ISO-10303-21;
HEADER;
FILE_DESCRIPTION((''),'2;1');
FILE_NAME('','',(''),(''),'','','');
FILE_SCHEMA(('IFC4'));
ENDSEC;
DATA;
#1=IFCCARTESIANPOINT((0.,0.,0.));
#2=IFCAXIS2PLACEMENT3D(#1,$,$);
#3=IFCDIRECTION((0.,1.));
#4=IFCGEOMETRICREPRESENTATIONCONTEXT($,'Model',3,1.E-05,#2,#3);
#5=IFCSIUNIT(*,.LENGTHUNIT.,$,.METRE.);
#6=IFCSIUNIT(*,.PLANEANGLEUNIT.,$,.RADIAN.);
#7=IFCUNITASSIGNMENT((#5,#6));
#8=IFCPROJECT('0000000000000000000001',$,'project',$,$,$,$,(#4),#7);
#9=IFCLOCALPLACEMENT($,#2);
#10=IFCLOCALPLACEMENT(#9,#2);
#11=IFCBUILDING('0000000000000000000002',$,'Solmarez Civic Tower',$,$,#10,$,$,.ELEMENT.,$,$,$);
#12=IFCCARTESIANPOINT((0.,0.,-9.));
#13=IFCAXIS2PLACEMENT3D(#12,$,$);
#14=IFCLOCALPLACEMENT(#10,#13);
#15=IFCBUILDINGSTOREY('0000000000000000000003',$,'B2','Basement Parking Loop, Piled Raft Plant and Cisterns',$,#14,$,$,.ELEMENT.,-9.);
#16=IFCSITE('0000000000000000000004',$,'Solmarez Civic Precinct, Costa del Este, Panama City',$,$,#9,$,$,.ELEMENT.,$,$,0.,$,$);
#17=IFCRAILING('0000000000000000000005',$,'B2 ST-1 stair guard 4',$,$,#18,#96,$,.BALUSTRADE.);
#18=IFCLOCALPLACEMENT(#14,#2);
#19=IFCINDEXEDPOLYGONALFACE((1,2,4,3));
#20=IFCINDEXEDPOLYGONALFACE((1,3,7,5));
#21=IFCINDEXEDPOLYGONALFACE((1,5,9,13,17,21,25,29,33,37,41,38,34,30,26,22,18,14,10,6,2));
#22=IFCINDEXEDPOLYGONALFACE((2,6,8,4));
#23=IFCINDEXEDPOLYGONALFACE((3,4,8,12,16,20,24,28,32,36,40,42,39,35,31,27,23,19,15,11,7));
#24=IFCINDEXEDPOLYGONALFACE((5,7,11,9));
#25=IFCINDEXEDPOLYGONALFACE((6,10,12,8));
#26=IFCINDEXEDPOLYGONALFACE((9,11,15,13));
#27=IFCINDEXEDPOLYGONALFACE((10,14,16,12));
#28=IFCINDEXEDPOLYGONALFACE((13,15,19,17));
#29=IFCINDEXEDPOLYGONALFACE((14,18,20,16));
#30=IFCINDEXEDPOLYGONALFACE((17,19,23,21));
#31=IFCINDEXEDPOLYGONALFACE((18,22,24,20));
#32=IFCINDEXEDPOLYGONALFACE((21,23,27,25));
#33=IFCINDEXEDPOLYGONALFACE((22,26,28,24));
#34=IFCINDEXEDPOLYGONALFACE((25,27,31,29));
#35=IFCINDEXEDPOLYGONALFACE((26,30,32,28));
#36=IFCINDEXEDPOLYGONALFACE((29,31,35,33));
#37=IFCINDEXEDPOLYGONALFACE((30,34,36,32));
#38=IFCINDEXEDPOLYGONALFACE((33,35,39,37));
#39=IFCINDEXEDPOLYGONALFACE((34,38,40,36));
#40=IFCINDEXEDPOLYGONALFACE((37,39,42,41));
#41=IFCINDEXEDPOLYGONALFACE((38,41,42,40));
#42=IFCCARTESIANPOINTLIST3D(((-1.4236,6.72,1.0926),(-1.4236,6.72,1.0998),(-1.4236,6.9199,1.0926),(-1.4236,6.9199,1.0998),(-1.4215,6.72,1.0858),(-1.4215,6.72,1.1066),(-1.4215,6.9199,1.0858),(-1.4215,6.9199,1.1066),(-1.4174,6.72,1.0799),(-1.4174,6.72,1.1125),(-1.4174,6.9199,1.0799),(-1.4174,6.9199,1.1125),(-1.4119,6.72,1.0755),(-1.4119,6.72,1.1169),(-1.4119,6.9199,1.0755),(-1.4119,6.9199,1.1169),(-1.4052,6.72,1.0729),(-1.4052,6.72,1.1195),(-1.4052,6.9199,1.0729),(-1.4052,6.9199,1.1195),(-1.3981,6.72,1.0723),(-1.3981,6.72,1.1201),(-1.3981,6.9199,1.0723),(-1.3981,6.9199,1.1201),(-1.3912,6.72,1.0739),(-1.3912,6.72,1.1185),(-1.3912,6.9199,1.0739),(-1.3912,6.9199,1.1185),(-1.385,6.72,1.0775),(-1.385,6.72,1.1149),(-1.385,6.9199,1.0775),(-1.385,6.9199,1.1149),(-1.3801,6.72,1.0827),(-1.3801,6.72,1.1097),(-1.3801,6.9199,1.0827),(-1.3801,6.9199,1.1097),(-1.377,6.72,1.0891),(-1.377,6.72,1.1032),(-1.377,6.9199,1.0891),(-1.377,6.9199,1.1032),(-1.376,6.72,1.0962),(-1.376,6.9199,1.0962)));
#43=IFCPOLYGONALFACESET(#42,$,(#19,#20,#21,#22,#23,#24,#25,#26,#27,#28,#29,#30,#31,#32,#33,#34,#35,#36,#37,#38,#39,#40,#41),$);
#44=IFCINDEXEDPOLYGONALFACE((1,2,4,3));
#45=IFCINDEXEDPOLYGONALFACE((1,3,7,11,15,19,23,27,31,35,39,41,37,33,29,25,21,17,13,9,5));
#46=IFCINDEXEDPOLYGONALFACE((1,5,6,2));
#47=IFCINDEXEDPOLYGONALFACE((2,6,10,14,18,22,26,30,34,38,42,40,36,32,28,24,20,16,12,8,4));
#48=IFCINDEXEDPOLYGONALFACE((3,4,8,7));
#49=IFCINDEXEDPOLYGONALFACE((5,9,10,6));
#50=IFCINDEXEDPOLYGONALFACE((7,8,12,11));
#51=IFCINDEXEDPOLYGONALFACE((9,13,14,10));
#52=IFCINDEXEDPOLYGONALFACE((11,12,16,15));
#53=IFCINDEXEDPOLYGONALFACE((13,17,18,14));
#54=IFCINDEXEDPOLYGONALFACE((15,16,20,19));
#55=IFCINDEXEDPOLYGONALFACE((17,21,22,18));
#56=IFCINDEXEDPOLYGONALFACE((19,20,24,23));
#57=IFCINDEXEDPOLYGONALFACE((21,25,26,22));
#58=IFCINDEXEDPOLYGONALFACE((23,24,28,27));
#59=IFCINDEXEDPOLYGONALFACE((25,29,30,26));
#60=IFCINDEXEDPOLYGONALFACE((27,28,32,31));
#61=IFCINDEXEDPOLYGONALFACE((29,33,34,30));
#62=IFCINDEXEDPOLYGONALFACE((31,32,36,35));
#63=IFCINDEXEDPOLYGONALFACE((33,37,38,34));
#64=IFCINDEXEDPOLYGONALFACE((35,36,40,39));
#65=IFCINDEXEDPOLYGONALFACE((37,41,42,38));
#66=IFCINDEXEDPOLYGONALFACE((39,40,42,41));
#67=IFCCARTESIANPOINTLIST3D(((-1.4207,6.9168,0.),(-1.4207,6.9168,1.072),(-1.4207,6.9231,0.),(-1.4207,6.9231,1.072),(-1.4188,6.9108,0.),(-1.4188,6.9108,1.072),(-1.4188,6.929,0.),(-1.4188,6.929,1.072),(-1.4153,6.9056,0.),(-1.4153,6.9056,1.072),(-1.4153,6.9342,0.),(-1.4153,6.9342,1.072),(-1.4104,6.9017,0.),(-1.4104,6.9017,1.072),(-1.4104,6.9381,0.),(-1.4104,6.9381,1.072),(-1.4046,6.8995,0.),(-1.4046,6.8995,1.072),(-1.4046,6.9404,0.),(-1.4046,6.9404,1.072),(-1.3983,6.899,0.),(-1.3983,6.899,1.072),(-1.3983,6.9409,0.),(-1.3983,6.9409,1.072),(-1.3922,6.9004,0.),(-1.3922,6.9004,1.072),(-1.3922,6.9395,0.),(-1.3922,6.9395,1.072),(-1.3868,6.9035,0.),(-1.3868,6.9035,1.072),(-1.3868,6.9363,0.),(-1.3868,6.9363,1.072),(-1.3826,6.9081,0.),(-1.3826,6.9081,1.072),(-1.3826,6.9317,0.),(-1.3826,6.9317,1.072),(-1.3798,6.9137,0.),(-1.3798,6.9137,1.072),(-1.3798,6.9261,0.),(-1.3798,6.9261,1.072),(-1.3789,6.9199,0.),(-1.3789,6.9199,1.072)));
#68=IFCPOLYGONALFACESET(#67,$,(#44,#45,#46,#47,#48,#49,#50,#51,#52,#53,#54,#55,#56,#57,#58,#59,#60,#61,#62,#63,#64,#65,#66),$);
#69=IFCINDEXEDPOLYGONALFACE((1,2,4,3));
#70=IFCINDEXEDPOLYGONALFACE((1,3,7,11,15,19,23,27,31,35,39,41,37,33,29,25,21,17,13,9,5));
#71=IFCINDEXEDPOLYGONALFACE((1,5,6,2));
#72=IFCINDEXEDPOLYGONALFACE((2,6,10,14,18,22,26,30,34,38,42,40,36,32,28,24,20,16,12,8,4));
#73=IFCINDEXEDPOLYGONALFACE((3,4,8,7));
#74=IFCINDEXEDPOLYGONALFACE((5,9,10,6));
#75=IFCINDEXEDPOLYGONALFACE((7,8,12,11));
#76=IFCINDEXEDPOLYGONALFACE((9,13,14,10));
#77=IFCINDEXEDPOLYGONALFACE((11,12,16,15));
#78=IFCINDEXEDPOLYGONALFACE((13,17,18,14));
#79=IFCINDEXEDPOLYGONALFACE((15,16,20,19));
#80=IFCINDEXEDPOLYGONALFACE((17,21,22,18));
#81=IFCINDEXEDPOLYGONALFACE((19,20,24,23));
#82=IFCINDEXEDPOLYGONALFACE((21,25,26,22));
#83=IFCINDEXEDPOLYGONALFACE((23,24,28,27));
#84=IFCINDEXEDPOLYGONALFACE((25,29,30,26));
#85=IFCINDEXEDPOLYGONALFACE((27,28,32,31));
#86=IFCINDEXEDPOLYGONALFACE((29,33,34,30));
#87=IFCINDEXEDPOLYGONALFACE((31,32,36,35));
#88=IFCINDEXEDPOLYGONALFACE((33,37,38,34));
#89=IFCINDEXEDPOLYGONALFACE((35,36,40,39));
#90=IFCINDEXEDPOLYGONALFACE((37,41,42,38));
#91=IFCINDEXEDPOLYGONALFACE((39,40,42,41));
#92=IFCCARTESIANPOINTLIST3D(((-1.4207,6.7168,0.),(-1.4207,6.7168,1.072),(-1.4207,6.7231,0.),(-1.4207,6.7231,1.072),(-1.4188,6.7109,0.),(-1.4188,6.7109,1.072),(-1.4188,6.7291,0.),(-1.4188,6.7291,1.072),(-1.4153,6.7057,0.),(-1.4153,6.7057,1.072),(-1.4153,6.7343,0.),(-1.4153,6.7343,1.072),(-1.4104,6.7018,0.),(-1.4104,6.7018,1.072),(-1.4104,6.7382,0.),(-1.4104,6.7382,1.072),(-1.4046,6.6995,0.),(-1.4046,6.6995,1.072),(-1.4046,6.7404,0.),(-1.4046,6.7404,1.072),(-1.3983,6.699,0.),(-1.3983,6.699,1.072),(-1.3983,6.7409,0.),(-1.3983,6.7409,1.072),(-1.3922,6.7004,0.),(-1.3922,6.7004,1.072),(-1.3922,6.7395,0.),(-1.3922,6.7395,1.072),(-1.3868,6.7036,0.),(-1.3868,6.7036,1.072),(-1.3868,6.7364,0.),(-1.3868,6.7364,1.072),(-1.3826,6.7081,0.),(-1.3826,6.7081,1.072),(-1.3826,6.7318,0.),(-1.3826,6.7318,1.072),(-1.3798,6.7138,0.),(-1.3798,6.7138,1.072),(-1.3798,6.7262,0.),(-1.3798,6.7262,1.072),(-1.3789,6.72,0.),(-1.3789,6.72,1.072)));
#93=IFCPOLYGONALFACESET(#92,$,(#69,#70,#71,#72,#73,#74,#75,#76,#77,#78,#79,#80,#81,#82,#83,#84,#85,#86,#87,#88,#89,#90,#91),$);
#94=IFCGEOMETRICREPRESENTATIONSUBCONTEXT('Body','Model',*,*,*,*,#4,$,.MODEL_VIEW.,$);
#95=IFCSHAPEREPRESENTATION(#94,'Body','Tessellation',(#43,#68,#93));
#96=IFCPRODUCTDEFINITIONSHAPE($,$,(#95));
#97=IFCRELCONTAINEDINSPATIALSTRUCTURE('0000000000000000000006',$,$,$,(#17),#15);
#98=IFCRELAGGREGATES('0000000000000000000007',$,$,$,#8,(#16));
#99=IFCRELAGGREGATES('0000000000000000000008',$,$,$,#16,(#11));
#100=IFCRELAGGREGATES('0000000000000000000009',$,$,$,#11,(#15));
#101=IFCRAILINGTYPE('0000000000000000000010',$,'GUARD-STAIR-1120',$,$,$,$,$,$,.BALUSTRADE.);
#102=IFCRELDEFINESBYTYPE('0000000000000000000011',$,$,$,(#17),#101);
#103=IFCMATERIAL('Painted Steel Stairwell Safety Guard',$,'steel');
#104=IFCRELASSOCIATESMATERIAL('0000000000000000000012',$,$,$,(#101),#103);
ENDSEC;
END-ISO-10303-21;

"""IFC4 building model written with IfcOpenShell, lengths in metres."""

from ifc_helpers import new_model, si_unit, direction, frame, origin, origin_2d, place, context, subcontext, project, spatial, circle, extrude, material, type_object, element, save


model = new_model("IFC4")

# Units and contexts
model_context = context("Model", 3, precision=1e-05, world=origin(), true_north=direction((0.0, 1.0)))
body_context = subcontext(model_context, "Body", "Model", "MODEL_VIEW")
ifc_project = project(units=[si_unit("LENGTHUNIT", "METRE"), si_unit("PLANEANGLEUNIT", "RADIAN")], contexts=[model_context])

# Site, building, storey
site_placement = place(None, origin())
site = spatial("IfcSite", under=ifc_project, at=site_placement, Name="Solmarez Civic Precinct, Costa del Este, Panama City", CompositionType="ELEMENT", RefElevation=0.0)
building_placement = place(site_placement, origin())
building = spatial("IfcBuilding", under=site, at=building_placement, Name="Solmarez Civic Tower", CompositionType="ELEMENT")
storey_placement = place(building_placement, frame((0.0, 0.0, -9.0)))
storey = spatial("IfcBuildingStorey", under=building, at=storey_placement, Name="B2", Description="Basement Parking Loop, Piled Raft Plant and Cisterns", CompositionType="ELEMENT", Elevation=-9.0)

# Railing
ifc_material_1 = material(Name="Painted Steel Stairwell Safety Guard", Category="steel")
railing_type_1 = type_object("IfcRailingType", Name="GUARD-STAIR-1120", PredefinedType="BALUSTRADE", material=ifc_material_1)
railing_1_placement = place(storey_placement, frame((-1.3999, 6.9199, 0.0)))
element("IfcRailing", 1, at=railing_1_placement, inside=storey, type_object=railing_type_1, Name="B2 ST-1 stair guard 4", PredefinedType="BALUSTRADE", context=body_context, shape_type="SweptSolid", body=[
    extrude(circle(Radius=0.0239, at=origin_2d()), frame((0.0, 0.0, 1.0962), z_axis=(0.0, -1.0, 0.0), x_axis=(1.0, 0.0, 0.0)), (0.0, 0.0, 1.0), 0.2),
    extrude(circle(Radius=0.021, at=origin_2d()), origin(), (0.0, 0.0, 1.0), 1.072),
    extrude(circle(Radius=0.021, at=origin_2d()), frame((0.0, -0.2, 0.0)), (0.0, 0.0, 1.0), 1.072),
])

save(model, "model.ifc")
